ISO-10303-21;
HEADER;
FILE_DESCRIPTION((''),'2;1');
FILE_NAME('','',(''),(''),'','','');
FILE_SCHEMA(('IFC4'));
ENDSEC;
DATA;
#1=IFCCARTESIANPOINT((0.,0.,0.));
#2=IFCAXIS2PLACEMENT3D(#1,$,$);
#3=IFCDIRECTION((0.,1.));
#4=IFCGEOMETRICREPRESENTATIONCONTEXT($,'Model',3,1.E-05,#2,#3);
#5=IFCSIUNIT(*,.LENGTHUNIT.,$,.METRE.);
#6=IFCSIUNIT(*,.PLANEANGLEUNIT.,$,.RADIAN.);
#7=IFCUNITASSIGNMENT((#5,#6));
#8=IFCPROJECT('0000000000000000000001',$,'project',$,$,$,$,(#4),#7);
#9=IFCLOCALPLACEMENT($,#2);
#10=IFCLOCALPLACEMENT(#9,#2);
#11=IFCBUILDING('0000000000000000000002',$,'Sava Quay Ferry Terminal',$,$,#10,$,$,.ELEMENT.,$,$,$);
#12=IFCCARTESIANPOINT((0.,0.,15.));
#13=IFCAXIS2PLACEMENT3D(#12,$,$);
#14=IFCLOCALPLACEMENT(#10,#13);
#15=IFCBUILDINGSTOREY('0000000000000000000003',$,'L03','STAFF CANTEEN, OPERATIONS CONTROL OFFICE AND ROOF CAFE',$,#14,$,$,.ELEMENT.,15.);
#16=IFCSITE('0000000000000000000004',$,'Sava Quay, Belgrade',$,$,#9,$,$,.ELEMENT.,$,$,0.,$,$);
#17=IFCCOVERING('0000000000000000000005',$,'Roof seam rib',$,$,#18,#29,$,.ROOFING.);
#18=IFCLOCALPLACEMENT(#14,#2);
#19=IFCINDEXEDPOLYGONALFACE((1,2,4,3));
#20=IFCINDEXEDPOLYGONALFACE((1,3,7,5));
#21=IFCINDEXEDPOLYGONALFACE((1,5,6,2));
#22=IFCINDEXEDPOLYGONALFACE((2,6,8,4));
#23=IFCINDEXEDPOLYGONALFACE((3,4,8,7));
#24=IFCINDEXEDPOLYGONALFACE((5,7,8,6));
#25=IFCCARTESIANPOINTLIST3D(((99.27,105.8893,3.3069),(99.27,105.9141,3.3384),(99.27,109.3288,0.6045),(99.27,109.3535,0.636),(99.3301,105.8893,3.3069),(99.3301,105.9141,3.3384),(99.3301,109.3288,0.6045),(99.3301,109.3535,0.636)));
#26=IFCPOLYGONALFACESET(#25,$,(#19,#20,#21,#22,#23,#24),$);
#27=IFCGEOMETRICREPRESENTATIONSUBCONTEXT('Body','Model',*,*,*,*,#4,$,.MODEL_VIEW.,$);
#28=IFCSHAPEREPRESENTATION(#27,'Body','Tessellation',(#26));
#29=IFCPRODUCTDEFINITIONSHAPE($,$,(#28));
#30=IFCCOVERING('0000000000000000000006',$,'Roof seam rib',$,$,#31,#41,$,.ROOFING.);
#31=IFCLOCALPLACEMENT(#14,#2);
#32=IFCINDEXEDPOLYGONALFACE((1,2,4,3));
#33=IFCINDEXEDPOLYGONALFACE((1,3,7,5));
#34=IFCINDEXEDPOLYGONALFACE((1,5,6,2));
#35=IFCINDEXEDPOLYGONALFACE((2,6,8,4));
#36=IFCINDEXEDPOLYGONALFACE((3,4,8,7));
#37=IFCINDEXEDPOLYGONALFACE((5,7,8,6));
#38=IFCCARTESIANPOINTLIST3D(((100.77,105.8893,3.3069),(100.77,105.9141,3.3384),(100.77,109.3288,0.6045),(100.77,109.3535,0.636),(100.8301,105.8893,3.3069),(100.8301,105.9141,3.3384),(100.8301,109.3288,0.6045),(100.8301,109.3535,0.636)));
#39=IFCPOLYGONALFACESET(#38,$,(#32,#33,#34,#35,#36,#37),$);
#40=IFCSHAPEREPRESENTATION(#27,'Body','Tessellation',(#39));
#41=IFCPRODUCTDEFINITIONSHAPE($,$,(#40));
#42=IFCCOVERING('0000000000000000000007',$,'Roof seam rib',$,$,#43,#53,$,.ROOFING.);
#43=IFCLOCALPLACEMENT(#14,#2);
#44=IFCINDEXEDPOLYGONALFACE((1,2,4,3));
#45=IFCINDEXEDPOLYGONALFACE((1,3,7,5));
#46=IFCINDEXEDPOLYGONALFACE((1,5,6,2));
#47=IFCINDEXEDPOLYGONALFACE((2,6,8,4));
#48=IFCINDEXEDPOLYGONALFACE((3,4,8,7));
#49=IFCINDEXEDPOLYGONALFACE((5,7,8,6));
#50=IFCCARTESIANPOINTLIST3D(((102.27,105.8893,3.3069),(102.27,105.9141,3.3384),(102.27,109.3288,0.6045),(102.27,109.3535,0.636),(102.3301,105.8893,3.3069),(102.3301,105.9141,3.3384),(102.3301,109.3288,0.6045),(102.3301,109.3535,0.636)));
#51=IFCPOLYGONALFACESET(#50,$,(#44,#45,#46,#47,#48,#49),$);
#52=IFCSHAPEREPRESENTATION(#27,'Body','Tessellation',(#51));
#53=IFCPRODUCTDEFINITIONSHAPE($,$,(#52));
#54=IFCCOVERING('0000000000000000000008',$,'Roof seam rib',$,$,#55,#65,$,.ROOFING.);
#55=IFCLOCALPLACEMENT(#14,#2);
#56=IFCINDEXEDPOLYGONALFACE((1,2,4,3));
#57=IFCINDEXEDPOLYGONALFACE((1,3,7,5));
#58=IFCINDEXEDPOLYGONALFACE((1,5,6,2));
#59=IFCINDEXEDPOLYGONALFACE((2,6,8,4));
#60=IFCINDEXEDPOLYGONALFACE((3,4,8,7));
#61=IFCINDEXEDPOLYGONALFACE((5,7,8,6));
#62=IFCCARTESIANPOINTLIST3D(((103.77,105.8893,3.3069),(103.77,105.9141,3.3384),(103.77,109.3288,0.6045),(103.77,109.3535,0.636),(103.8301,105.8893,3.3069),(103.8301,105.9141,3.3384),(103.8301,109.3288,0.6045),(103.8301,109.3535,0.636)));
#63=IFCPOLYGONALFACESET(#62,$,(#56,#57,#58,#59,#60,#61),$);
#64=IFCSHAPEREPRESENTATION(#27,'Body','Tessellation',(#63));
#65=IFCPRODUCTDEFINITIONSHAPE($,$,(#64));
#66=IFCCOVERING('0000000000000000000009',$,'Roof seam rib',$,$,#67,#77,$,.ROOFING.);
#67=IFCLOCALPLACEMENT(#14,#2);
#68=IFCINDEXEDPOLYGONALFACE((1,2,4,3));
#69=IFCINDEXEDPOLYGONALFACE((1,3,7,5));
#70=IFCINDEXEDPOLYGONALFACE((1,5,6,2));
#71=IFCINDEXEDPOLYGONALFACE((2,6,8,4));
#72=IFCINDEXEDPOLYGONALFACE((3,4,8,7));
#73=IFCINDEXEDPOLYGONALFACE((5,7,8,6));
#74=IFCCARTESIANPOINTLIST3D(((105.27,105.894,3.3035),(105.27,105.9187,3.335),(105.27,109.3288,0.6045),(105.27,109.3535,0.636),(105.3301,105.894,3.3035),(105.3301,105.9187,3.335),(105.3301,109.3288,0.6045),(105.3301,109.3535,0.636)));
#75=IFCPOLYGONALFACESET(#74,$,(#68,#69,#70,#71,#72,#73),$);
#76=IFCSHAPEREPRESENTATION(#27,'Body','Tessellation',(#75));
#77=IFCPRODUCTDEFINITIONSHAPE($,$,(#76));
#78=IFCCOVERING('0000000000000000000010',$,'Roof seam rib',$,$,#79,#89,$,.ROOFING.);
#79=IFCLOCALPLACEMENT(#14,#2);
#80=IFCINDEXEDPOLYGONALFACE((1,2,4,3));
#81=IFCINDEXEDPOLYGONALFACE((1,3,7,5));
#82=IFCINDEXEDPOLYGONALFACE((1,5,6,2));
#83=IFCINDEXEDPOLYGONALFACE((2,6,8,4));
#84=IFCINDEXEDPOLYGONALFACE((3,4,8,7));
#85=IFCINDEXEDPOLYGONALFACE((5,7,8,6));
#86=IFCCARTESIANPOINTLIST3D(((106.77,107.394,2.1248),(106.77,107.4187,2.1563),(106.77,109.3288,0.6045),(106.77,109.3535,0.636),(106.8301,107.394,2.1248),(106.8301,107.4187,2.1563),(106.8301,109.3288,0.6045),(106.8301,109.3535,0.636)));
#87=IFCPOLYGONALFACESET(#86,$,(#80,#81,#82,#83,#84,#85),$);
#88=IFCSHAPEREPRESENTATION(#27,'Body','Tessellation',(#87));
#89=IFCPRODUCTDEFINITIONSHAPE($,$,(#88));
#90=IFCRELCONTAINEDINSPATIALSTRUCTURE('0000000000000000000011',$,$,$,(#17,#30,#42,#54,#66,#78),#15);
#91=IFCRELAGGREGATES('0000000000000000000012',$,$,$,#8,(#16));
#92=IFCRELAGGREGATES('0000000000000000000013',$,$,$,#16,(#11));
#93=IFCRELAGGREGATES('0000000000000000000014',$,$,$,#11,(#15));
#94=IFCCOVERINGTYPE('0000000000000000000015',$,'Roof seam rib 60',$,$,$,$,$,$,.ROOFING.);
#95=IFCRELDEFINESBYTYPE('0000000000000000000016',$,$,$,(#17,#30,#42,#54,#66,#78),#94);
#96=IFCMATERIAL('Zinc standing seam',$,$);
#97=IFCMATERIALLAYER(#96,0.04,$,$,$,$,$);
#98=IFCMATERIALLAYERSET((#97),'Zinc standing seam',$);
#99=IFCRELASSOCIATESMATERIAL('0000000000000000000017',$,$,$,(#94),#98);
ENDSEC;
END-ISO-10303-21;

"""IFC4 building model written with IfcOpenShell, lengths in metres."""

from ifc_helpers import new_model, si_unit, direction, frame, origin, place, context, subcontext, project, spatial, polyline, outline, extrude, material, layer, layer_set, type_object, element, save


model = new_model("IFC4")

# Units and contexts
model_context = context("Model", 3, precision=1e-05, world=origin(), true_north=direction((0.0, 1.0)))
body_context = subcontext(model_context, "Body", "Model", "MODEL_VIEW")
ifc_project = project(units=[si_unit("LENGTHUNIT", "METRE"), si_unit("PLANEANGLEUNIT", "RADIAN")], contexts=[model_context])

# Site, building, storey
site_placement = place(None, origin())
site = spatial("IfcSite", under=ifc_project, at=site_placement, Name="Sava Quay, Belgrade", CompositionType="ELEMENT", RefElevation=0.0)
building_placement = place(site_placement, origin())
building = spatial("IfcBuilding", under=site, at=building_placement, Name="Sava Quay Ferry Terminal", CompositionType="ELEMENT")
storey_placement = place(building_placement, frame((0.0, 0.0, 15.0)))
storey = spatial("IfcBuildingStorey", under=building, at=storey_placement, Name="L03", Description="STAFF CANTEEN, OPERATIONS CONTROL OFFICE AND ROOF CAFE", CompositionType="ELEMENT", Elevation=15.0)

# Coverings
ifc_material_1 = material(Name="Zinc standing seam")
ifc_layer_1 = layer(ifc_material_1, 0.04)
ifc_layer_set_1 = layer_set([ifc_layer_1], Name="Zinc standing seam")
covering_type_1 = type_object("IfcCoveringType", Name="Roof seam rib 60", PredefinedType="ROOFING", material=ifc_layer_set_1)
for number, where, z_axis, x_axis, name in (
    (1, (99.3301, 109.3535, 0.636), (0.0, 0.617817, 0.786322), (0.0, -0.786322, 0.617817), "Roof seam rib"),
    (2, (100.8301, 109.3535, 0.636), (0.0, 0.617817, 0.786322), (0.0, -0.786322, 0.617817), "Roof seam rib"),
    (3, (102.3301, 109.3535, 0.636), (0.0, 0.617817, 0.786322), (0.0, -0.786322, 0.617817), "Roof seam rib"),
    (4, (103.8301, 109.3535, 0.636), (0.0, 0.617817, 0.786322), (0.0, -0.786322, 0.617817), "Roof seam rib"),
):
    element("IfcCovering", number, at=place(storey_placement, frame(where, z_axis=z_axis, x_axis=x_axis)), inside=storey, type_object=covering_type_1, Name=name, PredefinedType="ROOFING", context=body_context, shape_type="SweptSolid", body=[
        extrude(outline(polyline([(0.0, 0.0), (4.3741, 0.0), (4.3741, -0.0601), (0.0, -0.0601), (0.0, 0.0)])), origin(), (0.0, 0.0, -1.0), 0.04),
    ])
covering_1_placement = place(storey_placement, frame((105.3301, 109.3535, 0.636), z_axis=(0.0, 0.617849, 0.786297), x_axis=(0.0, -0.786297, 0.617849)))
element("IfcCovering", 5, at=covering_1_placement, inside=storey, type_object=covering_type_1, Name="Roof seam rib", PredefinedType="ROOFING", context=body_context, shape_type="SweptSolid", body=[
    extrude(outline(polyline([(0.0, 0.0), (4.3683, 0.0), (4.3683, -0.0601), (0.0, -0.0601), (0.0, 0.0)])), origin(), (0.0, 0.0, -1.0), 0.04),
])
covering_2_placement = place(storey_placement, frame((106.8301, 109.3535, 0.636), z_axis=(0.0, 0.617835, 0.786308), x_axis=(0.0, -0.786308, 0.617835)))
element("IfcCovering", 6, at=covering_2_placement, inside=storey, type_object=covering_type_1, Name="Roof seam rib", PredefinedType="ROOFING", context=body_context, shape_type="SweptSolid", body=[
    extrude(outline(polyline([(0.0, 0.0), (2.4606, 0.0), (2.4606, -0.0601), (0.0, -0.0601), (0.0, 0.0)])), origin(), (0.0, 0.0, -1.0), 0.04),
])

save(model, "model.ifc")
